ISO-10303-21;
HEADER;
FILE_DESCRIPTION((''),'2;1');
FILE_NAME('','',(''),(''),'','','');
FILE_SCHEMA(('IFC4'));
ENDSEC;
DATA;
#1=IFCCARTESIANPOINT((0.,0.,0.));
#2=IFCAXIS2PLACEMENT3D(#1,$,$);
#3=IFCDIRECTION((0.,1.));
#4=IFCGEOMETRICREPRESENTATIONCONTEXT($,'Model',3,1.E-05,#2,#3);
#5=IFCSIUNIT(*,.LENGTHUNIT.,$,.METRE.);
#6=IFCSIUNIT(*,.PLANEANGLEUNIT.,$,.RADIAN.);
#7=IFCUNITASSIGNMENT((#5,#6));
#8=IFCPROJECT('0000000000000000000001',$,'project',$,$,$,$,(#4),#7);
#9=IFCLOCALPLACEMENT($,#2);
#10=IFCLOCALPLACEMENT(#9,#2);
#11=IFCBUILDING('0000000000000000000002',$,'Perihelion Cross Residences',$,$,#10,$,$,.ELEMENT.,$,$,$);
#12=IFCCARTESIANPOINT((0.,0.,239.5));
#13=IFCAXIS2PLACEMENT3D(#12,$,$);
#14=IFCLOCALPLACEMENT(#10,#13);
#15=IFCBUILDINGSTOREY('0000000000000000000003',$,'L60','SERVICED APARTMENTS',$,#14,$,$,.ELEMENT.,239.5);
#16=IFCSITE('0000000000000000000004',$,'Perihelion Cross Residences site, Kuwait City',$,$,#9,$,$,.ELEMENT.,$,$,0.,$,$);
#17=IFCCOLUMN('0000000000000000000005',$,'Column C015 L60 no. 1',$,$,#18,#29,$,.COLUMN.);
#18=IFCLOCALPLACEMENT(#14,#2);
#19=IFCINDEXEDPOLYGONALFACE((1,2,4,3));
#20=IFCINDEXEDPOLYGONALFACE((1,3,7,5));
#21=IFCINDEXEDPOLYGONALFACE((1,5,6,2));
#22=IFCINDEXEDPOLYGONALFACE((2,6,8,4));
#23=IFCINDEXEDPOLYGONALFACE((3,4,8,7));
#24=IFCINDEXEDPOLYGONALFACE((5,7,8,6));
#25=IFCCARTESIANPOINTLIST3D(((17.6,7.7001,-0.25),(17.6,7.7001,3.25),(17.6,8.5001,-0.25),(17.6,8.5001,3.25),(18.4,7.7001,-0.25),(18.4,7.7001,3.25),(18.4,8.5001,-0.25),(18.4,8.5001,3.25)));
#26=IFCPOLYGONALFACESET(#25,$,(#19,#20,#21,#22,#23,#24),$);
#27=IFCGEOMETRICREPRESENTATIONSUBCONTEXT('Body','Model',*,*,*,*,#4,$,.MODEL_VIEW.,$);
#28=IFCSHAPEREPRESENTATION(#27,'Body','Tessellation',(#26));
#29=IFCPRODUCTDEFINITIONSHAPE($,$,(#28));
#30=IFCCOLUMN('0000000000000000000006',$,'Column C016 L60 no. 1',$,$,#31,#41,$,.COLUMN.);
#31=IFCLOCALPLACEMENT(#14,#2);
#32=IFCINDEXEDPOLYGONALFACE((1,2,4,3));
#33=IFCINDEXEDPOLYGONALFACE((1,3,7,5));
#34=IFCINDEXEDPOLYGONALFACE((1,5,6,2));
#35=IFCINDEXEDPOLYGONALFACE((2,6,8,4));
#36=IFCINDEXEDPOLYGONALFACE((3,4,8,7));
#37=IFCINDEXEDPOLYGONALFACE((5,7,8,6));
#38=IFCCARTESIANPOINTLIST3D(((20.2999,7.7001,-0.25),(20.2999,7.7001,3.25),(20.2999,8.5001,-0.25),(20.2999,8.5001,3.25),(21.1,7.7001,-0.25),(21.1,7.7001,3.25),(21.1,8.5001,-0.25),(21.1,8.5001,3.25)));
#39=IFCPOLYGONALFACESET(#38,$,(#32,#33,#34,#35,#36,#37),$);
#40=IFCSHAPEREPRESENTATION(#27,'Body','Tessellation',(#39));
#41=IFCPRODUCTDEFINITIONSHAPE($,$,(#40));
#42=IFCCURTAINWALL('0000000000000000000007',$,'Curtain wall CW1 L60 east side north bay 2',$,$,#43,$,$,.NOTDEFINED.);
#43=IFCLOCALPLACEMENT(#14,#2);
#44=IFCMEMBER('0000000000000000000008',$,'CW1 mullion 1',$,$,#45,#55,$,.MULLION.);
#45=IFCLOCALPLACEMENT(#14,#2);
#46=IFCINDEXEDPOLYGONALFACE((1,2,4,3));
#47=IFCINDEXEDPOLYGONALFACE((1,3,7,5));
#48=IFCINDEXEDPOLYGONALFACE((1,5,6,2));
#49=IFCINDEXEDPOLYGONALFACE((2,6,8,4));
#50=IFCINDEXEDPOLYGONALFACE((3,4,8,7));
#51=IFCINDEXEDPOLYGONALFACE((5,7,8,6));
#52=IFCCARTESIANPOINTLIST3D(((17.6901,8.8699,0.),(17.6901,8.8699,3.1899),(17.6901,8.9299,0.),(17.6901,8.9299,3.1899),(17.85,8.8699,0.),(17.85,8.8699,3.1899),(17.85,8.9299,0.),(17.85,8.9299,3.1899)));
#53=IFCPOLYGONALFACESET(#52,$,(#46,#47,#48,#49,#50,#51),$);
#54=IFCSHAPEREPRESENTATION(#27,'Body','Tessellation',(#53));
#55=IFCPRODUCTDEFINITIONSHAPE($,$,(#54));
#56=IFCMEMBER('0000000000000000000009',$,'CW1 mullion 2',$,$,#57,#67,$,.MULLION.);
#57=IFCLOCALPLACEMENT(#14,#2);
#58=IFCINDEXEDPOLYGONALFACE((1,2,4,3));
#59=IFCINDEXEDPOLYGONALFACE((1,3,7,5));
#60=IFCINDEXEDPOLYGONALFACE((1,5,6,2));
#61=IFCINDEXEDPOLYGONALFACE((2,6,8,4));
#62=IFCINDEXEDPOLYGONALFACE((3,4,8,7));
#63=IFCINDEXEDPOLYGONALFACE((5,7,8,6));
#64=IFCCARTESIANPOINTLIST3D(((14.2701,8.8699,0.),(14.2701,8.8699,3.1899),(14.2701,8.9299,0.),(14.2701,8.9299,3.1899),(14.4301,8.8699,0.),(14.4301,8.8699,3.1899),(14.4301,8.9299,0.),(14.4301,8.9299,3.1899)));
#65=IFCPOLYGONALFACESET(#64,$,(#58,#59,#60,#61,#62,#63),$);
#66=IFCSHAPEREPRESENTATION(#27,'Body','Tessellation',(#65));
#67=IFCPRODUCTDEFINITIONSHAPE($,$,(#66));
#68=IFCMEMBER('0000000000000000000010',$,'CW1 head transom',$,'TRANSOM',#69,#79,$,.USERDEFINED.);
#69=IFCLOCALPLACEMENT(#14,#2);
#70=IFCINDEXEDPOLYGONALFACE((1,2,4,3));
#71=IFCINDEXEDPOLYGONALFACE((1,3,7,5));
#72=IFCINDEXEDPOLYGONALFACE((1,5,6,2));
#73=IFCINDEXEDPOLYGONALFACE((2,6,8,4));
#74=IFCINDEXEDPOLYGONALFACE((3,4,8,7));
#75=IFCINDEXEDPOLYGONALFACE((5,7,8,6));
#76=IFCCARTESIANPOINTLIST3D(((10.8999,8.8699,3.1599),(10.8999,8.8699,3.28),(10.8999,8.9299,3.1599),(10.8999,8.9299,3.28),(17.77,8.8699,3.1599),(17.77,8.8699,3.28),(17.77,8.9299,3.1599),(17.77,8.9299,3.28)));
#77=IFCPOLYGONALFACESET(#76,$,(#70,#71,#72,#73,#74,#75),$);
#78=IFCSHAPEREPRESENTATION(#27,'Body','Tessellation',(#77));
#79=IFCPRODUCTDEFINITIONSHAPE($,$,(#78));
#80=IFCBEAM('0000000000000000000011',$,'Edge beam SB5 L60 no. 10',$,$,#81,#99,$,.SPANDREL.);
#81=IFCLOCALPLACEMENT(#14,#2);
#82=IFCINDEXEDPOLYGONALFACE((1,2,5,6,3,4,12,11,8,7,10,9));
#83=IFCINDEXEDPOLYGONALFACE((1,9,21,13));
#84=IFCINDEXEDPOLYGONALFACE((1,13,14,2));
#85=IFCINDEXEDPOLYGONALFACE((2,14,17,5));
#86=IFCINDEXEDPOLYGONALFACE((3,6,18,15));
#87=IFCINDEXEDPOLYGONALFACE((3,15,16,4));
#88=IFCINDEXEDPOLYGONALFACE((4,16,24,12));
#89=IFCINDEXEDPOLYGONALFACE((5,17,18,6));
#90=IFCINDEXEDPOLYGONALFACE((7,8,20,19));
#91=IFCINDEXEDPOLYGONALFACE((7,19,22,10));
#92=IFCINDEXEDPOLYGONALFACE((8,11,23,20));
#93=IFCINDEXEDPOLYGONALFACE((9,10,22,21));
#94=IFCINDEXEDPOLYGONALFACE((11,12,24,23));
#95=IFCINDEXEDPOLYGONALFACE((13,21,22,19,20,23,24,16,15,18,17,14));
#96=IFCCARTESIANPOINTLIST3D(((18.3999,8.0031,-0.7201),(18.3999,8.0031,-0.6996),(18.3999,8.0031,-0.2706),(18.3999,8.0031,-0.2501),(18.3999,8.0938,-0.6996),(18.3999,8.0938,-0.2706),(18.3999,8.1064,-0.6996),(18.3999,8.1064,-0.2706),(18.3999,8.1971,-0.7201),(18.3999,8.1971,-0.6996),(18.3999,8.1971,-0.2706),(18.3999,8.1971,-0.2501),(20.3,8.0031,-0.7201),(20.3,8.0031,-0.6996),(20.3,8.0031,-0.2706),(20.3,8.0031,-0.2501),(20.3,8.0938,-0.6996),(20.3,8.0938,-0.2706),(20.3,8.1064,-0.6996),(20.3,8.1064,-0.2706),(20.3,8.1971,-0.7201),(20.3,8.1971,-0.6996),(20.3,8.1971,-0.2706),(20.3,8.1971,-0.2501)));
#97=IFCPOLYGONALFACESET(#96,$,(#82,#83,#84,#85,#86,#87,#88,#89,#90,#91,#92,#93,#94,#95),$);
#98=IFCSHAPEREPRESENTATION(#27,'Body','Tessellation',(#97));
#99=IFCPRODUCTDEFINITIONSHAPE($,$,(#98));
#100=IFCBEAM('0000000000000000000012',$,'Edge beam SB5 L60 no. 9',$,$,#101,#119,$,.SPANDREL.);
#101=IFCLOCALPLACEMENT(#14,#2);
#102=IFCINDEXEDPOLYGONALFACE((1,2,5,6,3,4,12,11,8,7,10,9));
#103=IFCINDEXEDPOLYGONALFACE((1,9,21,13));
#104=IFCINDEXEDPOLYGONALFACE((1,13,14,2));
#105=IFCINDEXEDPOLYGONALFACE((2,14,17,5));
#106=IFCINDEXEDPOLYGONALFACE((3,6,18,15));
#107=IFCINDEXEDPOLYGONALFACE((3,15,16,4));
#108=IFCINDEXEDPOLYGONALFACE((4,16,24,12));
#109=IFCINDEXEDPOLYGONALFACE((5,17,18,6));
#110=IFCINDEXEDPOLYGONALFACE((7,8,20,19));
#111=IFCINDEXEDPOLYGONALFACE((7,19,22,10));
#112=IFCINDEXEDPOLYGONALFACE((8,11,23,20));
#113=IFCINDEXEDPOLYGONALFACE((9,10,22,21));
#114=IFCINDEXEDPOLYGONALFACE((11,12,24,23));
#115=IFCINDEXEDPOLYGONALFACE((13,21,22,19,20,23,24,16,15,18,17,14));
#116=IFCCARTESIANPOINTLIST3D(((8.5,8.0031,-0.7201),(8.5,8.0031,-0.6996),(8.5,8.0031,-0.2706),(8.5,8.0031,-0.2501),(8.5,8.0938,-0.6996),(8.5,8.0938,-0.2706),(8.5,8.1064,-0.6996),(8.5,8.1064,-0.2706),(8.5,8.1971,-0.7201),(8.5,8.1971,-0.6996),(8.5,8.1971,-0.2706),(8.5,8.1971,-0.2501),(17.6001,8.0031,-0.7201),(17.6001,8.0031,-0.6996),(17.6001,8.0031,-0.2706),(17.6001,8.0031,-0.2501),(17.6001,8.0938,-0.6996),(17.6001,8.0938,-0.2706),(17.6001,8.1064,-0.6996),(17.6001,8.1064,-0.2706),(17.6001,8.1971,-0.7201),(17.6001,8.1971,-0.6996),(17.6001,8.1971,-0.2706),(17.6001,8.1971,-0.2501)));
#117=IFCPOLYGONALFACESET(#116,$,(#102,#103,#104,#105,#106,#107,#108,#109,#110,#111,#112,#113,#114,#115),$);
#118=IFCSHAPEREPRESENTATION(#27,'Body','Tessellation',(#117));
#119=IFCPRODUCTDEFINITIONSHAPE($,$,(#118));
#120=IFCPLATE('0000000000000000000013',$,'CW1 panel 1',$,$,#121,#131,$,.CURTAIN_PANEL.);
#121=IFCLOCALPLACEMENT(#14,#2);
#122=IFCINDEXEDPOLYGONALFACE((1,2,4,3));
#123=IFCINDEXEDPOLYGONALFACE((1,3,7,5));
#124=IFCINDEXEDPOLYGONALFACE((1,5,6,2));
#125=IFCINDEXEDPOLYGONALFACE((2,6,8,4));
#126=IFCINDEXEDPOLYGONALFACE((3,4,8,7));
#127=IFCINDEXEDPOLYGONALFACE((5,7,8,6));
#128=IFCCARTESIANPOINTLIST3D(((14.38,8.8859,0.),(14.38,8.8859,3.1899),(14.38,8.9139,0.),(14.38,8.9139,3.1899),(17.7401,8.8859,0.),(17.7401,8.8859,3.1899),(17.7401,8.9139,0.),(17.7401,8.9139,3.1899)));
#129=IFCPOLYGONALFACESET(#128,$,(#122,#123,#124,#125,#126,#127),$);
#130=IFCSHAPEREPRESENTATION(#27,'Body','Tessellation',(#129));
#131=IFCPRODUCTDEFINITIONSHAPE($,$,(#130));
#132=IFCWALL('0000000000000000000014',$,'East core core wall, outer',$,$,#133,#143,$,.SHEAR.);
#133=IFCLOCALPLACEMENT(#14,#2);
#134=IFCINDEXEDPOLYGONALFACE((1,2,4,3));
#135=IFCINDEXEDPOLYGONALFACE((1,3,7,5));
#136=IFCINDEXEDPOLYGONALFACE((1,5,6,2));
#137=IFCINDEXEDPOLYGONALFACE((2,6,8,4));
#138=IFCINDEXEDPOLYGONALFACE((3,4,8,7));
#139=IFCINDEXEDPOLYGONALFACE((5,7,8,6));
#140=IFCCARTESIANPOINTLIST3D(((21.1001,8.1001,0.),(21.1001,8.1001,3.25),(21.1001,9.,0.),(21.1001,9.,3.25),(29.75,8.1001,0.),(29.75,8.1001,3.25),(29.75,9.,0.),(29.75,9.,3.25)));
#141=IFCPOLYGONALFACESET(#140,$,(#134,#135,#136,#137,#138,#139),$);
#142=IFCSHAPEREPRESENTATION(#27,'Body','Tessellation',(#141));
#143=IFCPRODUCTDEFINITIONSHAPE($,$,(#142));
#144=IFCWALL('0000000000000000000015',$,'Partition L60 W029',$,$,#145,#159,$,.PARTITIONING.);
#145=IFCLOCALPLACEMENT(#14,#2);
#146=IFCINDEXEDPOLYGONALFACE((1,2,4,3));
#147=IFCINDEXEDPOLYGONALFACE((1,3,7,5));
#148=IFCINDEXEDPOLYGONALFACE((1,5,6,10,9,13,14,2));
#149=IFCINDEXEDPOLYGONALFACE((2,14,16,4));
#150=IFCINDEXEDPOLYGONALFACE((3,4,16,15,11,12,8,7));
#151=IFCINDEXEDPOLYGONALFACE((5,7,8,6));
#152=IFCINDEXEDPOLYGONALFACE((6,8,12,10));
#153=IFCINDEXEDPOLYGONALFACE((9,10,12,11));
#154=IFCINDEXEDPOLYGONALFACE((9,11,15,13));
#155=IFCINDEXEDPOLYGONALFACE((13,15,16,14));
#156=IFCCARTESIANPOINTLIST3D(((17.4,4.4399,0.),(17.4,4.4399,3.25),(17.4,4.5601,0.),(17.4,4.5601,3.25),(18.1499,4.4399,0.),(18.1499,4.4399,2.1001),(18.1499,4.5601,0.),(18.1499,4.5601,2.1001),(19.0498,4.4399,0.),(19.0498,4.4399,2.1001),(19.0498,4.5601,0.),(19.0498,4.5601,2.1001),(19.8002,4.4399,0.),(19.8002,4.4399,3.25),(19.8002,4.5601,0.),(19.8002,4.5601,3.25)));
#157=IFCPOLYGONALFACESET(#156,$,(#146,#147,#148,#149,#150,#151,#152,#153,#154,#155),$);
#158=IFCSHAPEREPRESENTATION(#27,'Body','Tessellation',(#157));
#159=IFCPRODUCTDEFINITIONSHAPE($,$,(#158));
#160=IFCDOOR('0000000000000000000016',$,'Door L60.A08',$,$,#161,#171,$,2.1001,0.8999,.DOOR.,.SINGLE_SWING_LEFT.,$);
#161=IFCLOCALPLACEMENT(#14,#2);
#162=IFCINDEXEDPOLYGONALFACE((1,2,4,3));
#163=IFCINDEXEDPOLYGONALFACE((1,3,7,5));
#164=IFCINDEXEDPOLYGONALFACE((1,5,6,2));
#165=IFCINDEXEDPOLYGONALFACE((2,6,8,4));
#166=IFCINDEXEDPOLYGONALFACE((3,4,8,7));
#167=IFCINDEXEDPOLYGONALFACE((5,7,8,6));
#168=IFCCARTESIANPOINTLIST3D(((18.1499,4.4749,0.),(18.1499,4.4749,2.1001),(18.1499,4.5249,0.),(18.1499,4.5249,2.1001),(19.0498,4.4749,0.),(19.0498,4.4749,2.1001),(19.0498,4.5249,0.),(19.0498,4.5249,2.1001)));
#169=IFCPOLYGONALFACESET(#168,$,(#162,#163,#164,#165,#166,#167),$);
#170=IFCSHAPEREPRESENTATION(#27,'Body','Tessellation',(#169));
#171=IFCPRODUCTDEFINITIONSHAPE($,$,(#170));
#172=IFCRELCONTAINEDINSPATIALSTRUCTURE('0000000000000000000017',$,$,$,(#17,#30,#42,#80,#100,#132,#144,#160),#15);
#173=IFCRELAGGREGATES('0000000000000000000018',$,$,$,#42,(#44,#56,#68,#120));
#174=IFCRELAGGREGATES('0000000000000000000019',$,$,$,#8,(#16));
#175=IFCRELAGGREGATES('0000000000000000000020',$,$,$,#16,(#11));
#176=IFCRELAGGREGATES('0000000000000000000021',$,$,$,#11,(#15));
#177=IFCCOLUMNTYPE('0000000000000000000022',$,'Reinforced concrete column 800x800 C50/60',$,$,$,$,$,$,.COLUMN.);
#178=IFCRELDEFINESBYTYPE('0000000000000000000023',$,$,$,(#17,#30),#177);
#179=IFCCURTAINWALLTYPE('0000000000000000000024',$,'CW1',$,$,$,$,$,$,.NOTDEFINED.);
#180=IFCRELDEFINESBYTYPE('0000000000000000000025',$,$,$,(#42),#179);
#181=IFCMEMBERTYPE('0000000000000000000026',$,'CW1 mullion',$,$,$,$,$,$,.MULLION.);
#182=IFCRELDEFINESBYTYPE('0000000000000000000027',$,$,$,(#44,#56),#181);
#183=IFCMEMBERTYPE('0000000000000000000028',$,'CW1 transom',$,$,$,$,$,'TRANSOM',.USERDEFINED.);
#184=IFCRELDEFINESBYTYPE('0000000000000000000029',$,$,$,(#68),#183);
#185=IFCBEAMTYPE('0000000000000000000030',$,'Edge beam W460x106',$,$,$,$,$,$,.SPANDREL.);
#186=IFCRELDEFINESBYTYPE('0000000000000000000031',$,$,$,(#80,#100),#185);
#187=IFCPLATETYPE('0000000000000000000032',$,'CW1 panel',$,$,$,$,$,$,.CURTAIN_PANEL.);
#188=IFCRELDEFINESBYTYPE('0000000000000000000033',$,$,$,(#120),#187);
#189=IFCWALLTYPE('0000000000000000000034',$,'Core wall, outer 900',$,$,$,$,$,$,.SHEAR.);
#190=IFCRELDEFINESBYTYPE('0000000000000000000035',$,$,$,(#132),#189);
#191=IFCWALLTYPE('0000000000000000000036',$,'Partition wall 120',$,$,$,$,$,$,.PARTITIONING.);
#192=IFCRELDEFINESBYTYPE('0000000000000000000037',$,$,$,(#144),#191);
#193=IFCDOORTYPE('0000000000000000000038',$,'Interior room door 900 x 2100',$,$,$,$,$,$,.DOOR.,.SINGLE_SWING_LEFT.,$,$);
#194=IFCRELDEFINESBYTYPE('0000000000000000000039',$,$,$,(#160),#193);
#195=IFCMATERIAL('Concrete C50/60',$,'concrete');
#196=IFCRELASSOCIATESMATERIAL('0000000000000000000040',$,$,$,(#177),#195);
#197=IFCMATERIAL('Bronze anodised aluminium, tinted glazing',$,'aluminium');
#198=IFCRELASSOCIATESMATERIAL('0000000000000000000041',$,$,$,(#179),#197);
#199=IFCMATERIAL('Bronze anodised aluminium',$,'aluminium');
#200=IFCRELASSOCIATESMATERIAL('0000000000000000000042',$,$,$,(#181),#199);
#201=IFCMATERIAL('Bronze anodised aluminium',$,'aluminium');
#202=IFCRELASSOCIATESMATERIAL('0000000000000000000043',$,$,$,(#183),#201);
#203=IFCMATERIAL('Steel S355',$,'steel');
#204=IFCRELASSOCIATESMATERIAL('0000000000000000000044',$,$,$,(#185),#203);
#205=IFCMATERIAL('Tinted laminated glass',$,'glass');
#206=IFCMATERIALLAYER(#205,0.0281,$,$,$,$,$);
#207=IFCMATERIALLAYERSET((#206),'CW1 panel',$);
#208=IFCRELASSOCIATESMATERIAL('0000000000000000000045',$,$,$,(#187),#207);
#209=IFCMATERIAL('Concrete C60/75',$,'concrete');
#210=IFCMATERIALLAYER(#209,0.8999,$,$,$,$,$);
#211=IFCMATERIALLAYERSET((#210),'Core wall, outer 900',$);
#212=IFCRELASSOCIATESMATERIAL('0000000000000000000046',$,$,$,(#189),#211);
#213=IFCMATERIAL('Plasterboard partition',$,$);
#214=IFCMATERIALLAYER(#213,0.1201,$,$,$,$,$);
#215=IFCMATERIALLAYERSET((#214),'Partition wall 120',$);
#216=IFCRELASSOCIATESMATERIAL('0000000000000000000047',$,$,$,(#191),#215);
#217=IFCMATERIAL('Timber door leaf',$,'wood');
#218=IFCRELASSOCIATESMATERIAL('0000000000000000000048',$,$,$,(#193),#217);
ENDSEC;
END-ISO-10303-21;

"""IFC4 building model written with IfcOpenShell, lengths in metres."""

from ifc_helpers import new_model, si_unit, direction, frame, frame_2d, origin, origin_2d, place, context, subcontext, project, spatial, rectangle, i_section, extrude, material, layer, layer_set, material_profile, profile_set, type_object, element, fill, aggregate, save


model = new_model("IFC4")

# Units and contexts
model_context = context("Model", 3, precision=1e-05, world=origin(), true_north=direction((0.0, 1.0)))
body_context = subcontext(model_context, "Body", "Model", "MODEL_VIEW")
ifc_project = project(units=[si_unit("LENGTHUNIT", "METRE"), si_unit("PLANEANGLEUNIT", "RADIAN")], contexts=[model_context])

# Site, building, storey
site_placement = place(None, origin())
site = spatial("IfcSite", under=ifc_project, at=site_placement, Name="Perihelion Cross Residences site, Kuwait City", CompositionType="ELEMENT", RefElevation=0.0)
building_placement = place(site_placement, origin())
building = spatial("IfcBuilding", under=site, at=building_placement, Name="Perihelion Cross Residences", CompositionType="ELEMENT")
storey_placement = place(building_placement, frame((0.0, 0.0, 239.5)))
storey = spatial("IfcBuildingStorey", under=building, at=storey_placement, Name="L60", Description="SERVICED APARTMENTS", CompositionType="ELEMENT", Elevation=239.5)

# Columns
ifc_material_1 = material(Name="Concrete C50/60", Category="concrete")
ifc_material_profile_1 = material_profile(ifc_material_1, rectangle(XDim=0.8, YDim=0.8, at=origin_2d()), Name="RC 800x800")
ifc_profile_set_1 = profile_set([ifc_material_profile_1], Name="Concrete C50/60")
column_type = type_object("IfcColumnType", Name="Reinforced concrete column 800x800 C50/60", PredefinedType="COLUMN", material=ifc_profile_set_1)
for number, where, z_axis, x_axis, name in (
    (1, (18.0, 8.1001, -0.25), (0.0, 0.0, 1.0), (1.0, 0.0, 0.0), "Column C015 L60 no. 1"),
    (2, (20.7, 8.1001, -0.25), (0.0, 0.0, 1.0), (1.0, 0.0, 0.0), "Column C016 L60 no. 1"),
):
    element("IfcColumn", number, at=place(storey_placement, frame(where, z_axis=z_axis, x_axis=x_axis)), inside=storey, type_object=column_type, Name=name, PredefinedType="COLUMN", context=body_context, shape_type="SweptSolid", body=[
        extrude(rectangle(XDim=0.8, YDim=0.8, at=origin_2d()), origin(), (0.0, 0.0, 1.0), 3.5),
    ])

# Curtain wall, members
ifc_material_2 = material(Name="Bronze anodised aluminium, tinted glazing", Category="aluminium")
curtain_wall_type = type_object("IfcCurtainWallType", Name="CW1", PredefinedType="NOTDEFINED", material=ifc_material_2)
curtain_wall_placement = place(storey_placement, origin())
curtain_wall = element("IfcCurtainWall", 3, at=curtain_wall_placement, inside=storey, type_object=curtain_wall_type, Name="Curtain wall CW1 L60 east side north bay 2", PredefinedType="NOTDEFINED")
ifc_material_3 = material(Name="Bronze anodised aluminium", Category="aluminium")
ifc_material_profile_2 = material_profile(ifc_material_3, rectangle(XDim=0.0601, YDim=0.1599, at=origin_2d()), Name="CW1 mullion")
ifc_profile_set_2 = profile_set([ifc_material_profile_2], Name="Bronze anodised aluminium")
member_type_1 = type_object("IfcMemberType", Name="CW1 mullion", PredefinedType="MULLION", material=ifc_profile_set_2)
member_1_placement = place(storey_placement, frame((17.77, 8.8999, 0.0), z_axis=(0.0, 0.0, 1.0), x_axis=(0.0, -1.0, 0.0)))
member_1 = element("IfcMember", 4, at=member_1_placement, type_object=member_type_1, Name="CW1 mullion 1", PredefinedType="MULLION", context=body_context, shape_type="SweptSolid", body=[
    extrude(rectangle(XDim=0.0601, YDim=0.1599, at=origin_2d()), origin(), (0.0, 0.0, 1.0), 3.1899),
])
member_2_placement = place(storey_placement, frame((14.3501, 8.8999, 0.0), z_axis=(0.0, 0.0, 1.0), x_axis=(0.0, -1.0, 0.0)))
member_2 = element("IfcMember", 5, at=member_2_placement, type_object=member_type_1, Name="CW1 mullion 2", PredefinedType="MULLION", context=body_context, shape_type="SweptSolid", body=[
    extrude(rectangle(XDim=0.0601, YDim=0.1599, at=origin_2d()), origin(), (0.0, 0.0, 1.0), 3.1899),
])
ifc_material_4 = material(Name="Bronze anodised aluminium", Category="aluminium")
ifc_material_profile_3 = material_profile(ifc_material_4, rectangle(XDim=0.0601, YDim=0.1201, at=origin_2d()), Name="CW1 transom")
ifc_profile_set_3 = profile_set([ifc_material_profile_3], Name="Bronze anodised aluminium")
member_type_2 = type_object("IfcMemberType", Name="CW1 transom", ElementType="TRANSOM", PredefinedType="USERDEFINED", material=ifc_profile_set_3)
member_3_placement = place(storey_placement, frame((17.77, 8.8999, 3.22), z_axis=(-1.0, 0.0, 0.0), x_axis=(0.0, -1.0, 0.0)))
member_3 = element("IfcMember", 6, at=member_3_placement, type_object=member_type_2, Name="CW1 head transom", ObjectType="TRANSOM", PredefinedType="USERDEFINED", context=body_context, shape_type="SweptSolid", body=[
    extrude(rectangle(XDim=0.0601, YDim=0.1201, at=origin_2d()), origin(), (0.0, 0.0, 1.0), 6.8701),
])

# Beams
ifc_material_5 = material(Name="Steel S355", Category="steel")
ifc_material_profile_4 = material_profile(ifc_material_5, i_section(OverallWidth=0.1941, OverallDepth=0.47, WebThickness=0.0127, FlangeThickness=0.0205, at=origin_2d()), Name="W460x106")
ifc_profile_set_4 = profile_set([ifc_material_profile_4], Name="Steel S355")
beam_type = type_object("IfcBeamType", Name="Edge beam W460x106", PredefinedType="SPANDREL", material=ifc_profile_set_4)
beam_1_placement = place(storey_placement, frame((20.3, 8.1001, -0.4851), z_axis=(-1.0, 0.0, 0.0), x_axis=(0.0, -1.0, 0.0)))
element("IfcBeam", 7, at=beam_1_placement, inside=storey, type_object=beam_type, Name="Edge beam SB5 L60 no. 10", PredefinedType="SPANDREL", context=body_context, shape_type="SweptSolid", body=[
    extrude(i_section(OverallWidth=0.1941, OverallDepth=0.47, WebThickness=0.0127, FlangeThickness=0.0205, at=origin_2d()), origin(), (0.0, 0.0, 1.0), 1.9001),
])
beam_2_placement = place(storey_placement, frame((17.6001, 8.1001, -0.4851), z_axis=(-1.0, 0.0, 0.0), x_axis=(0.0, -1.0, 0.0)))
element("IfcBeam", 8, at=beam_2_placement, inside=storey, type_object=beam_type, Name="Edge beam SB5 L60 no. 9", PredefinedType="SPANDREL", context=body_context, shape_type="SweptSolid", body=[
    extrude(i_section(OverallWidth=0.1941, OverallDepth=0.47, WebThickness=0.0127, FlangeThickness=0.0205, at=origin_2d()), origin(), (0.0, 0.0, 1.0), 9.1001),
])

# Plate
ifc_material_6 = material(Name="Tinted laminated glass", Category="glass")
ifc_layer_1 = layer(ifc_material_6, 0.0281)
ifc_layer_set_1 = layer_set([ifc_layer_1], Name="CW1 panel")
plate_type = type_object("IfcPlateType", Name="CW1 panel", PredefinedType="CURTAIN_PANEL", material=ifc_layer_set_1)
plate_placement = place(storey_placement, frame((16.0601, 8.8999, 0.0), z_axis=(0.0, 0.0, 1.0), x_axis=(-1.0, 0.0, 0.0)))
plate = element("IfcPlate", 9, at=plate_placement, type_object=plate_type, Name="CW1 panel 1", PredefinedType="CURTAIN_PANEL", context=body_context, shape_type="SweptSolid", body=[
    extrude(rectangle(XDim=3.3601, YDim=0.0281, at=origin_2d()), origin(), (0.0, 0.0, 1.0), 3.1899),
])
aggregate(curtain_wall, [member_1, member_2, member_3, plate])

# Wall
ifc_material_7 = material(Name="Concrete C60/75", Category="concrete")
ifc_layer_2 = layer(ifc_material_7, 0.8999)
ifc_layer_set_2 = layer_set([ifc_layer_2], Name="Core wall, outer 900")
wall_type_1 = type_object("IfcWallType", Name="Core wall, outer 900", PredefinedType="SHEAR", material=ifc_layer_set_2)
wall_1_placement = place(storey_placement, frame((21.1001, 8.55, 0.0), z_axis=(0.0, 0.0, 1.0), x_axis=(1.0, 0.0, 0.0)))
element("IfcWall", 10, at=wall_1_placement, inside=storey, type_object=wall_type_1, Name="East core core wall, outer", PredefinedType="SHEAR", context=body_context, shape_type="SweptSolid", body=[
    extrude(rectangle(XDim=8.6499, YDim=0.8999, at=frame_2d((4.325, 0.0))), origin(), (0.0, 0.0, 1.0), 3.25),
])

# Wall, opening, door
ifc_material_8 = material(Name="Plasterboard partition")
ifc_layer_3 = layer(ifc_material_8, 0.1201)
ifc_layer_set_3 = layer_set([ifc_layer_3], Name="Partition wall 120")
wall_type_2 = type_object("IfcWallType", Name="Partition wall 120", PredefinedType="PARTITIONING", material=ifc_layer_set_3)
wall_2_placement = place(storey_placement, frame((17.3999, 4.5, 0.0), z_axis=(0.0, 0.0, 1.0), x_axis=(1.0, 0.0, 0.0)))
wall_2 = element("IfcWall", 11, at=wall_2_placement, inside=storey, type_object=wall_type_2, Name="Partition L60 W029", PredefinedType="PARTITIONING", context=body_context, shape_type="SweptSolid", body=[
    extrude(rectangle(XDim=2.4001, YDim=0.1201, at=frame_2d((1.2002, 0.0))), origin(), (0.0, 0.0, 1.0), 3.25),
])
opening_1_placement = place(wall_2_placement, frame((0.75, 0.0, 0.0)))
opening_1 = element("IfcOpeningElement", 12, at=opening_1_placement, cuts=wall_2, PredefinedType="OPENING", context=body_context, shape_type="SweptSolid", body=[
    extrude(rectangle(XDim=0.8999, YDim=2.1001, at=frame_2d((0.45, 1.05))), frame((0.0, 0.0701, 0.0), z_axis=(0.0, -1.0, 0.0), x_axis=(1.0, 0.0, 0.0)), (0.0, 0.0, 1.0), 0.1401),
])
ifc_material_9 = material(Name="Timber door leaf", Category="wood")
door_type_1 = type_object("IfcDoorType", Name="Interior room door 900 x 2100", OperationType="SINGLE_SWING_LEFT", PredefinedType="DOOR", material=ifc_material_9)
door_1_placement = place(opening_1_placement, origin())
door_1 = element("IfcDoor", 13, at=door_1_placement, inside=storey, type_object=door_type_1, Name="Door L60.A08", OperationType="SINGLE_SWING_LEFT", OverallHeight=2.1001, OverallWidth=0.8999, PredefinedType="DOOR", context=body_context, shape_type="SweptSolid", body=[
    extrude(rectangle(XDim=0.8999, YDim=2.1001, at=frame_2d((0.45, 1.05))), frame((0.0, 0.0249, 0.0), z_axis=(0.0, -1.0, 0.0), x_axis=(1.0, 0.0, 0.0)), (0.0, 0.0, 1.0), 0.05),
])
fill(opening_1, door_1)

save(model, "model.ifc")
